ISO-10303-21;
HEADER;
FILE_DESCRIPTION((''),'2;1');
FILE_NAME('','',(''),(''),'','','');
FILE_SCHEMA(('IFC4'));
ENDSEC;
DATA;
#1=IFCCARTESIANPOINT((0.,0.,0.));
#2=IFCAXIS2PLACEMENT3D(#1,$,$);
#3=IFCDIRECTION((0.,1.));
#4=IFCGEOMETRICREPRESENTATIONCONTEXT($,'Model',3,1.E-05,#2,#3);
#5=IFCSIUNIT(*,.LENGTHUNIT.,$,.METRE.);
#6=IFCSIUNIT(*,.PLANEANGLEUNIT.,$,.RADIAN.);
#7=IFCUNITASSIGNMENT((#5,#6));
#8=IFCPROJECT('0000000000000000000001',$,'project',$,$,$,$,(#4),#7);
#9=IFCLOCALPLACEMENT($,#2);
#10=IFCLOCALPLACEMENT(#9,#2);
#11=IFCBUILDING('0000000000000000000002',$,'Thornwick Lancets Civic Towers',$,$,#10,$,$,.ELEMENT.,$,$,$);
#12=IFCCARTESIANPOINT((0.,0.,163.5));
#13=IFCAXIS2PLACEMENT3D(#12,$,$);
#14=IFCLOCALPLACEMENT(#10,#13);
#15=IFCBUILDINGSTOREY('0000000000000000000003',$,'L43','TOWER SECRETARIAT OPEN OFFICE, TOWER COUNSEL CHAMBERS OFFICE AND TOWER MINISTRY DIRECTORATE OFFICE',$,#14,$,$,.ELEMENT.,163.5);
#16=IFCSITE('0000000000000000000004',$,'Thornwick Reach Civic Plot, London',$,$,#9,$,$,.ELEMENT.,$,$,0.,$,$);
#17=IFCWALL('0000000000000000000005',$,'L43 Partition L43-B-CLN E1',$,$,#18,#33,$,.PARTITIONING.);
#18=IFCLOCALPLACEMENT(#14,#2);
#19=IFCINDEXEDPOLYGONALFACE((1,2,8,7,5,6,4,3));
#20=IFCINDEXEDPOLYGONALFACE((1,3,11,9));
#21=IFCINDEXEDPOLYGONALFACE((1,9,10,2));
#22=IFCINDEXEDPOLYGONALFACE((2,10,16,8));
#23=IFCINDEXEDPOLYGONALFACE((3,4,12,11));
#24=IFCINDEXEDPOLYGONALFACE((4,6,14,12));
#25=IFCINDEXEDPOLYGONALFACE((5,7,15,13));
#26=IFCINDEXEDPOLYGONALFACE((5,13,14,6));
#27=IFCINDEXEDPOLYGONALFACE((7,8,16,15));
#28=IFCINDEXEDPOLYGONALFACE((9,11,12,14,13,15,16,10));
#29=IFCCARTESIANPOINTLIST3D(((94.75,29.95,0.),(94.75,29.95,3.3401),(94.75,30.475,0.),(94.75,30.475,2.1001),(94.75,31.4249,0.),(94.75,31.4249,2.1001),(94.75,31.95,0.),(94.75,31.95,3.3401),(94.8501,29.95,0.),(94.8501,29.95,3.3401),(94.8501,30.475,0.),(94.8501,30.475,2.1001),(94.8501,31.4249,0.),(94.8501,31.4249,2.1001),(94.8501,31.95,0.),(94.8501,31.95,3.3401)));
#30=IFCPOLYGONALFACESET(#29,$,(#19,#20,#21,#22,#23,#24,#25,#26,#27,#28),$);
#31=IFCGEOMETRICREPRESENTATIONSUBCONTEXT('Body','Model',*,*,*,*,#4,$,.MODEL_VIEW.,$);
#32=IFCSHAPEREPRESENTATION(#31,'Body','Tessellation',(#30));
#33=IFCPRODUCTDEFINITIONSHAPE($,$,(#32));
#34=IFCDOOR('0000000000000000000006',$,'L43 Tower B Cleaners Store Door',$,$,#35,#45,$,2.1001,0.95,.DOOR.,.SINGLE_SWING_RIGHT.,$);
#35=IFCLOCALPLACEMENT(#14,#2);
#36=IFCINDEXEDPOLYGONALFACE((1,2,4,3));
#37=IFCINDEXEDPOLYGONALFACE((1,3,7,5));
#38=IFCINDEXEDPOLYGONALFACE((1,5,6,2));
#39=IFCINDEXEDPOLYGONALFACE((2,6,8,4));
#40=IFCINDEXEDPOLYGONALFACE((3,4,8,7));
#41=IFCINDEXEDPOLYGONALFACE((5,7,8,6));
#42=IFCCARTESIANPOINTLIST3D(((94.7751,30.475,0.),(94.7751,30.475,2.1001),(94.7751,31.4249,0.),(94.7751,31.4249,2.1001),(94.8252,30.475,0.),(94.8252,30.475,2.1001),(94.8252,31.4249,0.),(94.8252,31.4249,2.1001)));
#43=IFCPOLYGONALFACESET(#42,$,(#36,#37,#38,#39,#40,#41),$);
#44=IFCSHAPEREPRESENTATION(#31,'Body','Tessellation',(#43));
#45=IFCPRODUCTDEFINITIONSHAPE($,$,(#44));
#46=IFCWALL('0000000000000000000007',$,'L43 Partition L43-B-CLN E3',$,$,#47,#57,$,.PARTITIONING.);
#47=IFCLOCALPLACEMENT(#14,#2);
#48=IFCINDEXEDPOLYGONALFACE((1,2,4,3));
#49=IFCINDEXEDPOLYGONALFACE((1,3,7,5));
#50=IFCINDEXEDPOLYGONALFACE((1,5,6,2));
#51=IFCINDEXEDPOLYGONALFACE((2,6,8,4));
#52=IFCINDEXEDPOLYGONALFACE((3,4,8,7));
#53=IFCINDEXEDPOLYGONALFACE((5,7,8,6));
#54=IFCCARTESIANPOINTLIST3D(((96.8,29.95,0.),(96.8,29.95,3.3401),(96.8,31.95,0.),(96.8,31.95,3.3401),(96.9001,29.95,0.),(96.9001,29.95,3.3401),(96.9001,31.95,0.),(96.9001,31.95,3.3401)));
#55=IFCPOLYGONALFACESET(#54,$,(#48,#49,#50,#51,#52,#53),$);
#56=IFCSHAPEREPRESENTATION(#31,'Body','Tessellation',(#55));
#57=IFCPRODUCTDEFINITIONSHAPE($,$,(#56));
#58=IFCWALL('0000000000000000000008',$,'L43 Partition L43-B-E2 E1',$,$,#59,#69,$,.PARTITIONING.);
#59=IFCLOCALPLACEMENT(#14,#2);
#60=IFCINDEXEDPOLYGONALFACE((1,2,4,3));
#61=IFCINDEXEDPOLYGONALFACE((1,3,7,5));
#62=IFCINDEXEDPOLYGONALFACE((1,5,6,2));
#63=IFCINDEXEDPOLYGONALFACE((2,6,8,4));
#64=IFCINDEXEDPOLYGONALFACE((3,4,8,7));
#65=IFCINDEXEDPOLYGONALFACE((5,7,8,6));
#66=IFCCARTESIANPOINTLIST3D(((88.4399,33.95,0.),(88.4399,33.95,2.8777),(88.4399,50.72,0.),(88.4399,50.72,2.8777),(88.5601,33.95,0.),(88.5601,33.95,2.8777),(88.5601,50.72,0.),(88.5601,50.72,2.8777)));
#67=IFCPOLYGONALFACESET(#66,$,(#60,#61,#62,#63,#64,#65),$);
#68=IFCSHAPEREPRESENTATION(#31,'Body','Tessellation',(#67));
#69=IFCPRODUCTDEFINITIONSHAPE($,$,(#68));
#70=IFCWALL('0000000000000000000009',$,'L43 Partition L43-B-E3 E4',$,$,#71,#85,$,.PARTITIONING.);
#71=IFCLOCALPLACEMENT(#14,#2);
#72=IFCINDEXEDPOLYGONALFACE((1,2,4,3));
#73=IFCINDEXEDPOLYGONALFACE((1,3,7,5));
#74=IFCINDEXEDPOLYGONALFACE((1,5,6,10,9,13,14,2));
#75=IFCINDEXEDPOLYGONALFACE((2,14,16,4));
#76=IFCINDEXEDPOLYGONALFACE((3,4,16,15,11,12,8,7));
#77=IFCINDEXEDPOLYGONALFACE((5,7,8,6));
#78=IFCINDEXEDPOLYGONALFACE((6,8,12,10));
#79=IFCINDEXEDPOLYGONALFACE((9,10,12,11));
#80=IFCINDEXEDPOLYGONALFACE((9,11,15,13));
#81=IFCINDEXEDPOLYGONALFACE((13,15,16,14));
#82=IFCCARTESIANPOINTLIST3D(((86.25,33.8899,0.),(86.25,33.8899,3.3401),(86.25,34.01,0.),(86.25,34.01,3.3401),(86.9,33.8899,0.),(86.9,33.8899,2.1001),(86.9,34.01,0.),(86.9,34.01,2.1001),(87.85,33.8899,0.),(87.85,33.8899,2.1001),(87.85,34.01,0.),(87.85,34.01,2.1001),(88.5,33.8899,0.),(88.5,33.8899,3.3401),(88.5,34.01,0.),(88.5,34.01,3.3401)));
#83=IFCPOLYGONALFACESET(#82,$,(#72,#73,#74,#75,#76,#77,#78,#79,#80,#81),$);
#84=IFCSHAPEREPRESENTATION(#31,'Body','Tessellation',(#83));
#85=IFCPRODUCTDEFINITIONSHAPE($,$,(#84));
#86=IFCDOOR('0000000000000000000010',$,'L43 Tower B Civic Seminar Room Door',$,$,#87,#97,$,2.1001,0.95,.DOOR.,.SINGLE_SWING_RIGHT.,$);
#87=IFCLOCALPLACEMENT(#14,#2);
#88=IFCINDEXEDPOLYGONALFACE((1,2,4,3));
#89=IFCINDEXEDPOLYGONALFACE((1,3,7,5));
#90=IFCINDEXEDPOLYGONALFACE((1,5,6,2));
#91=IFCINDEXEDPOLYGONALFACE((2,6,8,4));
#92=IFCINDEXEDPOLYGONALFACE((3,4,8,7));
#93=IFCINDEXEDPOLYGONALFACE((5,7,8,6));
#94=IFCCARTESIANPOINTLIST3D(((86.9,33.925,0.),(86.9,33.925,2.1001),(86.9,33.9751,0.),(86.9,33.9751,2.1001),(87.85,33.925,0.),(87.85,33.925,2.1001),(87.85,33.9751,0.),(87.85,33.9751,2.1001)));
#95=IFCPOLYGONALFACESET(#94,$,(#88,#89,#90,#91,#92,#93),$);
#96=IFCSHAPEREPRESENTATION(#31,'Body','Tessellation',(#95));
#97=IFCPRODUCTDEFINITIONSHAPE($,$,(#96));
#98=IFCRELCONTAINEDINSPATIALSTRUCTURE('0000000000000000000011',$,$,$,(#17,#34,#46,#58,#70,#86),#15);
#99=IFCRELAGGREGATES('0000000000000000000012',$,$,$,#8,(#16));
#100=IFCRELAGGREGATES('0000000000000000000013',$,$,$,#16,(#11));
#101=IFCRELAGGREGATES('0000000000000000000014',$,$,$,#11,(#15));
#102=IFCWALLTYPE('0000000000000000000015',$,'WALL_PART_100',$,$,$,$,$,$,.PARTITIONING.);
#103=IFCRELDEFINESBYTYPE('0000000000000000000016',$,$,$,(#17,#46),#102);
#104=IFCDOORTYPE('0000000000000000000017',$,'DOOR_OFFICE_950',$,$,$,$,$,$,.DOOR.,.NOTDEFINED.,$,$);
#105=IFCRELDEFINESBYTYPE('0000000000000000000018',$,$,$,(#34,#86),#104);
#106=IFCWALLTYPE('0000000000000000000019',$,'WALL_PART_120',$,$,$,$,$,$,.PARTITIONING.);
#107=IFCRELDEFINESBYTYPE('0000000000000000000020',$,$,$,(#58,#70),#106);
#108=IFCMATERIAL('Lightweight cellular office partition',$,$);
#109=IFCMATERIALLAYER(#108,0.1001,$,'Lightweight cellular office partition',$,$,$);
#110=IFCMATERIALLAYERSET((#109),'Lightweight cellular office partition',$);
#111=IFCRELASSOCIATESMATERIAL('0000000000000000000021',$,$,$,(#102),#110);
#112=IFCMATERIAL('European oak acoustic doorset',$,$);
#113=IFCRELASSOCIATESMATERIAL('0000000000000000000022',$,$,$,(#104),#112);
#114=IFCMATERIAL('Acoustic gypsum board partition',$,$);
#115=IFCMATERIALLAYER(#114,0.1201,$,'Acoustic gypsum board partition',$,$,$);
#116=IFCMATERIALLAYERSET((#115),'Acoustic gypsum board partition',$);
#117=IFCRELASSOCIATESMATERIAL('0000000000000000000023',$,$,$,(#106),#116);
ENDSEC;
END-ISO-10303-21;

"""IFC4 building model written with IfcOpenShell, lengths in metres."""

from ifc_helpers import new_model, si_unit, direction, frame, frame_2d, origin, place, context, subcontext, project, spatial, rectangle, extrude, material, layer, layer_set, type_object, element, fill, save


model = new_model("IFC4")

# Units and contexts
model_context = context("Model", 3, precision=1e-05, world=origin(), true_north=direction((0.0, 1.0)))
body_context = subcontext(model_context, "Body", "Model", "MODEL_VIEW")
ifc_project = project(units=[si_unit("LENGTHUNIT", "METRE"), si_unit("PLANEANGLEUNIT", "RADIAN")], contexts=[model_context])

# Site, building, storey
site_placement = place(None, origin())
site = spatial("IfcSite", under=ifc_project, at=site_placement, Name="Thornwick Reach Civic Plot, London", CompositionType="ELEMENT", RefElevation=0.0)
building_placement = place(site_placement, origin())
building = spatial("IfcBuilding", under=site, at=building_placement, Name="Thornwick Lancets Civic Towers", CompositionType="ELEMENT")
storey_placement = place(building_placement, frame((0.0, 0.0, 163.5)))
storey = spatial("IfcBuildingStorey", under=building, at=storey_placement, Name="L43", Description="TOWER SECRETARIAT OPEN OFFICE, TOWER COUNSEL CHAMBERS OFFICE AND TOWER MINISTRY DIRECTORATE OFFICE", CompositionType="ELEMENT", Elevation=163.5)

# Wall, opening, door
ifc_material_1 = material(Name="Lightweight cellular office partition")
ifc_layer_1 = layer(ifc_material_1, 0.1001, Name="Lightweight cellular office partition")
ifc_layer_set_1 = layer_set([ifc_layer_1], Name="Lightweight cellular office partition")
wall_type_1 = type_object("IfcWallType", Name="WALL_PART_100", PredefinedType="PARTITIONING", material=ifc_layer_set_1)
wall_1_placement = place(storey_placement, frame((94.8, 29.95, 0.0), z_axis=(0.0, 0.0, 1.0), x_axis=(0.0, 1.0, 0.0)))
wall_1 = element("IfcWall", 1, at=wall_1_placement, inside=storey, type_object=wall_type_1, Name="L43 Partition L43-B-CLN E1", PredefinedType="PARTITIONING", context=body_context, shape_type="SweptSolid", body=[
    extrude(rectangle(XDim=2.0, YDim=0.1001, at=frame_2d((1.0, 0.0))), origin(), (0.0, 0.0, 1.0), 3.3401),
])
opening_1_placement = place(wall_1_placement, frame((0.5249, 0.0, 0.0)))
opening_1 = element("IfcOpeningElement", 2, at=opening_1_placement, cuts=wall_1, PredefinedType="OPENING", context=body_context, shape_type="SweptSolid", body=[
    extrude(rectangle(XDim=0.95, YDim=2.1001, at=frame_2d((0.4751, 1.05))), frame((0.0, 0.0601, 0.0), z_axis=(0.0, -1.0, 0.0), x_axis=(1.0, 0.0, 0.0)), (0.0, 0.0, 1.0), 0.1201),
])
ifc_material_2 = material(Name="European oak acoustic doorset")
door_type_1 = type_object("IfcDoorType", Name="DOOR_OFFICE_950", OperationType="NOTDEFINED", PredefinedType="DOOR", material=ifc_material_2)
door_1_placement = place(opening_1_placement, origin())
door_1 = element("IfcDoor", 3, at=door_1_placement, inside=storey, type_object=door_type_1, Name="L43 Tower B Cleaners Store Door", OperationType="SINGLE_SWING_RIGHT", OverallHeight=2.1001, OverallWidth=0.95, PredefinedType="DOOR", context=body_context, shape_type="SweptSolid", body=[
    extrude(rectangle(XDim=0.95, YDim=2.1001, at=frame_2d((0.4751, 1.05))), frame((0.0, 0.0249, 0.0), z_axis=(0.0, -1.0, 0.0), x_axis=(1.0, 0.0, 0.0)), (0.0, 0.0, 1.0), 0.05),
])
fill(opening_1, door_1)

# Walls
wall_2_placement = place(storey_placement, frame((96.8501, 31.95, 0.0), z_axis=(0.0, 0.0, 1.0), x_axis=(0.0, -1.0, 0.0)))
element("IfcWall", 4, at=wall_2_placement, inside=storey, type_object=wall_type_1, Name="L43 Partition L43-B-CLN E3", PredefinedType="PARTITIONING", context=body_context, shape_type="SweptSolid", body=[
    extrude(rectangle(XDim=2.0, YDim=0.1001, at=frame_2d((1.0, 0.0))), origin(), (0.0, 0.0, 1.0), 3.3401),
])
ifc_material_3 = material(Name="Acoustic gypsum board partition")
ifc_layer_2 = layer(ifc_material_3, 0.1201, Name="Acoustic gypsum board partition")
ifc_layer_set_2 = layer_set([ifc_layer_2], Name="Acoustic gypsum board partition")
wall_type_2 = type_object("IfcWallType", Name="WALL_PART_120", PredefinedType="PARTITIONING", material=ifc_layer_set_2)
wall_3_placement = place(storey_placement, frame((88.5, 33.95, 0.0), z_axis=(0.0, 0.0, 1.0), x_axis=(0.0, 1.0, 0.0)))
element("IfcWall", 5, at=wall_3_placement, inside=storey, type_object=wall_type_2, Name="L43 Partition L43-B-E2 E1", PredefinedType="PARTITIONING", context=body_context, shape_type="SweptSolid", body=[
    extrude(rectangle(XDim=16.77, YDim=0.1201, at=frame_2d((8.385, 0.0))), origin(), (0.0, 0.0, 1.0), 2.8777),
])

# Wall, opening, door
wall_4_placement = place(storey_placement, frame((88.5, 33.95, 0.0), z_axis=(0.0, 0.0, 1.0), x_axis=(-1.0, 0.0, 0.0)))
wall_4 = element("IfcWall", 6, at=wall_4_placement, inside=storey, type_object=wall_type_2, Name="L43 Partition L43-B-E3 E4", PredefinedType="PARTITIONING", context=body_context, shape_type="SweptSolid", body=[
    extrude(rectangle(XDim=2.25, YDim=0.1201, at=frame_2d((1.125, 0.0))), origin(), (0.0, 0.0, 1.0), 3.3401),
])
opening_2_placement = place(wall_4_placement, frame((0.6499, 0.0, 0.0)))
opening_2 = element("IfcOpeningElement", 7, at=opening_2_placement, cuts=wall_4, PredefinedType="OPENING", context=body_context, shape_type="SweptSolid", body=[
    extrude(rectangle(XDim=0.95, YDim=2.1001, at=frame_2d((0.4751, 1.05))), frame((0.0, 0.0701, 0.0), z_axis=(0.0, -1.0, 0.0), x_axis=(1.0, 0.0, 0.0)), (0.0, 0.0, 1.0), 0.1401),
])
door_2_placement = place(opening_2_placement, origin())
door_2 = element("IfcDoor", 8, at=door_2_placement, inside=storey, type_object=door_type_1, Name="L43 Tower B Civic Seminar Room Door", OperationType="SINGLE_SWING_RIGHT", OverallHeight=2.1001, OverallWidth=0.95, PredefinedType="DOOR", context=body_context, shape_type="SweptSolid", body=[
    extrude(rectangle(XDim=0.95, YDim=2.1001, at=frame_2d((0.4751, 1.05))), frame((0.0, 0.0249, 0.0), z_axis=(0.0, -1.0, 0.0), x_axis=(1.0, 0.0, 0.0)), (0.0, 0.0, 1.0), 0.05),
])
fill(opening_2, door_2)

save(model, "model.ifc")
